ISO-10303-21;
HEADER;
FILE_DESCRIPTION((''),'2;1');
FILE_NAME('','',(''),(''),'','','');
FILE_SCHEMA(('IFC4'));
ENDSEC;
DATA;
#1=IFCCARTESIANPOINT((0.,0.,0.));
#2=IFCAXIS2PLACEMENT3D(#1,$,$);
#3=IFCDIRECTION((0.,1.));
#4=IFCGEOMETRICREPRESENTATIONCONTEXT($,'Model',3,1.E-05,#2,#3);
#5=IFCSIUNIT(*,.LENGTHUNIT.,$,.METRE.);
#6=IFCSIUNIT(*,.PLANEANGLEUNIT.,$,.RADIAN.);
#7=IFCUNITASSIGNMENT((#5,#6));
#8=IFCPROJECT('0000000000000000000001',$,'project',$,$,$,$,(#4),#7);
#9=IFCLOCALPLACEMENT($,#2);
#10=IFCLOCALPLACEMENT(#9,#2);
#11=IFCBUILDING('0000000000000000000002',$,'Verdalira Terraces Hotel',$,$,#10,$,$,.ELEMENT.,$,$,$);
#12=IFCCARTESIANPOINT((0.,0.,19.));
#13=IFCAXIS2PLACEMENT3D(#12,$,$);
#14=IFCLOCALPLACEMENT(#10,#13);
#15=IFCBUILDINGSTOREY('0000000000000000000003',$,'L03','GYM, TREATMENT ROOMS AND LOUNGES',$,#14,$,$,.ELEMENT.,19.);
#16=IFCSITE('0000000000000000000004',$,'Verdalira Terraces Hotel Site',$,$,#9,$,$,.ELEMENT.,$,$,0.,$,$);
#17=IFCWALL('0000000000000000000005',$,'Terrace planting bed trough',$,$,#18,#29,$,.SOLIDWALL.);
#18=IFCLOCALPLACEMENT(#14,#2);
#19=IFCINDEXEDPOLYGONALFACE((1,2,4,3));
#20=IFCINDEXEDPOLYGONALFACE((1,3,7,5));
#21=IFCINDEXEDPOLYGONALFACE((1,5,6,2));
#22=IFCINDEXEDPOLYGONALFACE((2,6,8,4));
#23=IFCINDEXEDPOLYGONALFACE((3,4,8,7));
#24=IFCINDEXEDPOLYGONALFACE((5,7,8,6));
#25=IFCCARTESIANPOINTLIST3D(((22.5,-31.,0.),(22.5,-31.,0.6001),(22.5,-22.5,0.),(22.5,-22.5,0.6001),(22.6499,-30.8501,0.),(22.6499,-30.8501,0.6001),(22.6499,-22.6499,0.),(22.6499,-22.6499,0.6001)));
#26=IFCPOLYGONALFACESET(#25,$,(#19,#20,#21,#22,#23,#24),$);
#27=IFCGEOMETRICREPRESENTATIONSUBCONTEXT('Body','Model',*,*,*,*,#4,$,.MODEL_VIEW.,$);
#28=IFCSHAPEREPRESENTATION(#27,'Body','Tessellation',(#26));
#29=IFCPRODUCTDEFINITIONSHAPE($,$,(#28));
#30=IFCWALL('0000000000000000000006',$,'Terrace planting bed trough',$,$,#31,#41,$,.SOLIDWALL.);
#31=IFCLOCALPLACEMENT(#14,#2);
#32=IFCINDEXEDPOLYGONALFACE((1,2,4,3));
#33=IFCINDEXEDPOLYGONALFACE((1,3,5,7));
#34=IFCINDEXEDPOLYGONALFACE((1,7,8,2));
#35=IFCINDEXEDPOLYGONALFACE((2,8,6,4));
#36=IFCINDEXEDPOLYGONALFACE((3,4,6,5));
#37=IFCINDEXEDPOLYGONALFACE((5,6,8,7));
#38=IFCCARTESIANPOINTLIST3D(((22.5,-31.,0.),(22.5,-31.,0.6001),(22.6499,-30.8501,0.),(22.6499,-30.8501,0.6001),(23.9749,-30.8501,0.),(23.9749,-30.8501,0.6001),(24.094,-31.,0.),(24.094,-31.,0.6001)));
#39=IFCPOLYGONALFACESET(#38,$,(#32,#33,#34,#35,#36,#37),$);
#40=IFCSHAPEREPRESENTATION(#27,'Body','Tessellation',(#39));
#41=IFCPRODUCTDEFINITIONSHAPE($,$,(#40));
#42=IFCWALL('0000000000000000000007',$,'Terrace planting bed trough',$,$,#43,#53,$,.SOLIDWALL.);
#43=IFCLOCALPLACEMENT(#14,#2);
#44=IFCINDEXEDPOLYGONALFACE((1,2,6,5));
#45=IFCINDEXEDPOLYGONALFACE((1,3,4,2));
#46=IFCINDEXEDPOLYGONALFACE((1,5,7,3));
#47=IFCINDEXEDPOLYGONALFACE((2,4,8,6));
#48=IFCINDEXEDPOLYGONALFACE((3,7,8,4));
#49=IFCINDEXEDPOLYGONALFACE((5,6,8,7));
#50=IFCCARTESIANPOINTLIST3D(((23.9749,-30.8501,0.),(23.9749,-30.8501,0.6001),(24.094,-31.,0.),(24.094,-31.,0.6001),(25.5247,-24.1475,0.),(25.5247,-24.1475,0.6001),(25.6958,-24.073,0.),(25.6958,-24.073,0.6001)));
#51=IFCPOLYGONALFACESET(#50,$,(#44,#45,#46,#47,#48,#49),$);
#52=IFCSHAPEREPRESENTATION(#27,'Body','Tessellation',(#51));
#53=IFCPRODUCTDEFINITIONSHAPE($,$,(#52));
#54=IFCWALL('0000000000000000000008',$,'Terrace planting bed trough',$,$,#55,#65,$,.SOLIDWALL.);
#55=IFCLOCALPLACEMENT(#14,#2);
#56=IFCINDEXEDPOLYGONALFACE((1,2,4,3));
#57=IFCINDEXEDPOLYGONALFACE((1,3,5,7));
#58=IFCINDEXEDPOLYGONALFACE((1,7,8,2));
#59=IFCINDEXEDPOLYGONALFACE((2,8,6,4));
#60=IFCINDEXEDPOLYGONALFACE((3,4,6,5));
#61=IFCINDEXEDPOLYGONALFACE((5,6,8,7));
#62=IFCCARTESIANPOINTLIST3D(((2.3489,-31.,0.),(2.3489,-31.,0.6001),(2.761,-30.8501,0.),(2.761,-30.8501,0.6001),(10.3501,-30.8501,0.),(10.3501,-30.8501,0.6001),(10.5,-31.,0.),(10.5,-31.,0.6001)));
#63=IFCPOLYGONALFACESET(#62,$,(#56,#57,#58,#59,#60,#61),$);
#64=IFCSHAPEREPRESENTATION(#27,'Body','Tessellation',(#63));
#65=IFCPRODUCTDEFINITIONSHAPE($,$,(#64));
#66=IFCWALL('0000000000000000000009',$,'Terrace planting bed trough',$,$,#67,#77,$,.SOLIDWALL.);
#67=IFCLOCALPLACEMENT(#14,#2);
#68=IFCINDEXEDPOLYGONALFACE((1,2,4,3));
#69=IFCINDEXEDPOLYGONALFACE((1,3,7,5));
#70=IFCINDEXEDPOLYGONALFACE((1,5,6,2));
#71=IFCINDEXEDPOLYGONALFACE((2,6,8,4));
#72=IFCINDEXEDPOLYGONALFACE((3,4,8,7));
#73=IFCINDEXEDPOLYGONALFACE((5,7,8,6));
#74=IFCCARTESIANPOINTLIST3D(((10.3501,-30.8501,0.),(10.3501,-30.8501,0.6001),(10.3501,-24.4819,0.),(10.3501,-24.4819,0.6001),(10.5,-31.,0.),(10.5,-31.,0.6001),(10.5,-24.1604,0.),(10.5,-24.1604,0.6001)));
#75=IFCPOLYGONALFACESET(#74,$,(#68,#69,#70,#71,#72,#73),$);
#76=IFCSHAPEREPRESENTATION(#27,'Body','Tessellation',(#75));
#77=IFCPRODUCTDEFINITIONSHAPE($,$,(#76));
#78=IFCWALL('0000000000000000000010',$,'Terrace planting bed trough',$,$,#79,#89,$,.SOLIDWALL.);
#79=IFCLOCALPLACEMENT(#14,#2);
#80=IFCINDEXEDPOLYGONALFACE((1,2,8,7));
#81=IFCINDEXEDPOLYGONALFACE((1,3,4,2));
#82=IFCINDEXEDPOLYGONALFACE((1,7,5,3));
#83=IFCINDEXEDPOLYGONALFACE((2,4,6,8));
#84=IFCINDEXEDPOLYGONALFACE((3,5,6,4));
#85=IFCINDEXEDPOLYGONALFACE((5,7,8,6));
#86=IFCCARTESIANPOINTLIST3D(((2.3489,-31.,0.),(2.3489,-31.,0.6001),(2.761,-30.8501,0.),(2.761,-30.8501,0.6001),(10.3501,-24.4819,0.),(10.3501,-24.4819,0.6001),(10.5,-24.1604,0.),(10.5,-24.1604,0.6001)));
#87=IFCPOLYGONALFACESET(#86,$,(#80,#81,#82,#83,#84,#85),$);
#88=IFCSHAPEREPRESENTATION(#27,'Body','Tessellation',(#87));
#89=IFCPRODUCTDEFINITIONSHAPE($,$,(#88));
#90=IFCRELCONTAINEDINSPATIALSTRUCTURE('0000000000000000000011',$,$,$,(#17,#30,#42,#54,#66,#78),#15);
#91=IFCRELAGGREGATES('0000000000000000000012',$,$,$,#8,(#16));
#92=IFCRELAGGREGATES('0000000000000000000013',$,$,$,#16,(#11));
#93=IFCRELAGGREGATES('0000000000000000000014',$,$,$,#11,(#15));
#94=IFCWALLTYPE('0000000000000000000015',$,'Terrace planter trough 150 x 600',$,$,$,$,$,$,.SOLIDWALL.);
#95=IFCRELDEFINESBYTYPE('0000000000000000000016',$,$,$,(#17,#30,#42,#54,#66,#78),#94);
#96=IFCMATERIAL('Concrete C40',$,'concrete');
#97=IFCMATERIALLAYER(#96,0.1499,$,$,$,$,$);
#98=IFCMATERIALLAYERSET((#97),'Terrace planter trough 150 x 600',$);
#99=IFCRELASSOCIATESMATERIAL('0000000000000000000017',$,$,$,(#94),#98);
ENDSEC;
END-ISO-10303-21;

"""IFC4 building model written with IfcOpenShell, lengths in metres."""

from ifc_helpers import new_model, si_unit, direction, frame, origin, place, context, subcontext, project, spatial, polyline, outline, extrude, material, layer, layer_set, type_object, element, save


model = new_model("IFC4")

# Units and contexts
model_context = context("Model", 3, precision=1e-05, world=origin(), true_north=direction((0.0, 1.0)))
body_context = subcontext(model_context, "Body", "Model", "MODEL_VIEW")
ifc_project = project(units=[si_unit("LENGTHUNIT", "METRE"), si_unit("PLANEANGLEUNIT", "RADIAN")], contexts=[model_context])

# Site, building, storey
site_placement = place(None, origin())
site = spatial("IfcSite", under=ifc_project, at=site_placement, Name="Verdalira Terraces Hotel Site", CompositionType="ELEMENT", RefElevation=0.0)
building_placement = place(site_placement, origin())
building = spatial("IfcBuilding", under=site, at=building_placement, Name="Verdalira Terraces Hotel", CompositionType="ELEMENT")
storey_placement = place(building_placement, frame((0.0, 0.0, 19.0)))
storey = spatial("IfcBuildingStorey", under=building, at=storey_placement, Name="L03", Description="GYM, TREATMENT ROOMS AND LOUNGES", CompositionType="ELEMENT", Elevation=19.0)

# Walls
ifc_material_1 = material(Name="Concrete C40", Category="concrete")
ifc_layer_1 = layer(ifc_material_1, 0.1499)
ifc_layer_set_1 = layer_set([ifc_layer_1], Name="Terrace planter trough 150 x 600")
wall_type_1 = type_object("IfcWallType", Name="Terrace planter trough 150 x 600", PredefinedType="SOLIDWALL", material=ifc_layer_set_1)
wall_1_placement = place(storey_placement, origin())
element("IfcWall", 1, at=wall_1_placement, inside=storey, type_object=wall_type_1, Name="Terrace planting bed trough", PredefinedType="SOLIDWALL", context=body_context, shape_type="SweptSolid", body=[
    extrude(outline(polyline([(22.5, -22.5), (22.5, -31.0), (22.6499, -30.8501), (22.6499, -22.6499), (22.5, -22.5)])), origin(), (0.0, 0.0, 1.0), 0.6001),
])
wall_2_placement = place(storey_placement, origin())
element("IfcWall", 2, at=wall_2_placement, inside=storey, type_object=wall_type_1, Name="Terrace planting bed trough", PredefinedType="SOLIDWALL", context=body_context, shape_type="SweptSolid", body=[
    extrude(outline(polyline([(22.5, -31.0), (24.094, -31.0), (23.9749, -30.8501), (22.6499, -30.8501), (22.5, -31.0)])), origin(), (0.0, 0.0, 1.0), 0.6001),
])
wall_3_placement = place(storey_placement, origin())
element("IfcWall", 3, at=wall_3_placement, inside=storey, type_object=wall_type_1, Name="Terrace planting bed trough", PredefinedType="SOLIDWALL", context=body_context, shape_type="SweptSolid", body=[
    extrude(outline(polyline([(24.094, -31.0), (25.6958, -24.073), (25.5247, -24.1475), (23.9749, -30.8501), (24.094, -31.0)])), origin(), (0.0, 0.0, 1.0), 0.6001),
])
wall_4_placement = place(storey_placement, origin())
element("IfcWall", 4, at=wall_4_placement, inside=storey, type_object=wall_type_1, Name="Terrace planting bed trough", PredefinedType="SOLIDWALL", context=body_context, shape_type="SweptSolid", body=[
    extrude(outline(polyline([(2.3489, -31.0), (10.5, -31.0), (10.3501, -30.8501), (2.761, -30.8501), (2.3489, -31.0)])), origin(), (0.0, 0.0, 1.0), 0.6001),
])
wall_5_placement = place(storey_placement, origin())
element("IfcWall", 5, at=wall_5_placement, inside=storey, type_object=wall_type_1, Name="Terrace planting bed trough", PredefinedType="SOLIDWALL", context=body_context, shape_type="SweptSolid", body=[
    extrude(outline(polyline([(10.5, -31.0), (10.5, -24.1604), (10.3501, -24.4819), (10.3501, -30.8501), (10.5, -31.0)])), origin(), (0.0, 0.0, 1.0), 0.6001),
])
wall_6_placement = place(storey_placement, origin())
element("IfcWall", 6, at=wall_6_placement, inside=storey, type_object=wall_type_1, Name="Terrace planting bed trough", PredefinedType="SOLIDWALL", context=body_context, shape_type="SweptSolid", body=[
    extrude(outline(polyline([(10.5, -24.1604), (2.3489, -31.0), (2.761, -30.8501), (10.3501, -24.4819), (10.5, -24.1604)])), origin(), (0.0, 0.0, 1.0), 0.6001),
])

save(model, "model.ifc")
